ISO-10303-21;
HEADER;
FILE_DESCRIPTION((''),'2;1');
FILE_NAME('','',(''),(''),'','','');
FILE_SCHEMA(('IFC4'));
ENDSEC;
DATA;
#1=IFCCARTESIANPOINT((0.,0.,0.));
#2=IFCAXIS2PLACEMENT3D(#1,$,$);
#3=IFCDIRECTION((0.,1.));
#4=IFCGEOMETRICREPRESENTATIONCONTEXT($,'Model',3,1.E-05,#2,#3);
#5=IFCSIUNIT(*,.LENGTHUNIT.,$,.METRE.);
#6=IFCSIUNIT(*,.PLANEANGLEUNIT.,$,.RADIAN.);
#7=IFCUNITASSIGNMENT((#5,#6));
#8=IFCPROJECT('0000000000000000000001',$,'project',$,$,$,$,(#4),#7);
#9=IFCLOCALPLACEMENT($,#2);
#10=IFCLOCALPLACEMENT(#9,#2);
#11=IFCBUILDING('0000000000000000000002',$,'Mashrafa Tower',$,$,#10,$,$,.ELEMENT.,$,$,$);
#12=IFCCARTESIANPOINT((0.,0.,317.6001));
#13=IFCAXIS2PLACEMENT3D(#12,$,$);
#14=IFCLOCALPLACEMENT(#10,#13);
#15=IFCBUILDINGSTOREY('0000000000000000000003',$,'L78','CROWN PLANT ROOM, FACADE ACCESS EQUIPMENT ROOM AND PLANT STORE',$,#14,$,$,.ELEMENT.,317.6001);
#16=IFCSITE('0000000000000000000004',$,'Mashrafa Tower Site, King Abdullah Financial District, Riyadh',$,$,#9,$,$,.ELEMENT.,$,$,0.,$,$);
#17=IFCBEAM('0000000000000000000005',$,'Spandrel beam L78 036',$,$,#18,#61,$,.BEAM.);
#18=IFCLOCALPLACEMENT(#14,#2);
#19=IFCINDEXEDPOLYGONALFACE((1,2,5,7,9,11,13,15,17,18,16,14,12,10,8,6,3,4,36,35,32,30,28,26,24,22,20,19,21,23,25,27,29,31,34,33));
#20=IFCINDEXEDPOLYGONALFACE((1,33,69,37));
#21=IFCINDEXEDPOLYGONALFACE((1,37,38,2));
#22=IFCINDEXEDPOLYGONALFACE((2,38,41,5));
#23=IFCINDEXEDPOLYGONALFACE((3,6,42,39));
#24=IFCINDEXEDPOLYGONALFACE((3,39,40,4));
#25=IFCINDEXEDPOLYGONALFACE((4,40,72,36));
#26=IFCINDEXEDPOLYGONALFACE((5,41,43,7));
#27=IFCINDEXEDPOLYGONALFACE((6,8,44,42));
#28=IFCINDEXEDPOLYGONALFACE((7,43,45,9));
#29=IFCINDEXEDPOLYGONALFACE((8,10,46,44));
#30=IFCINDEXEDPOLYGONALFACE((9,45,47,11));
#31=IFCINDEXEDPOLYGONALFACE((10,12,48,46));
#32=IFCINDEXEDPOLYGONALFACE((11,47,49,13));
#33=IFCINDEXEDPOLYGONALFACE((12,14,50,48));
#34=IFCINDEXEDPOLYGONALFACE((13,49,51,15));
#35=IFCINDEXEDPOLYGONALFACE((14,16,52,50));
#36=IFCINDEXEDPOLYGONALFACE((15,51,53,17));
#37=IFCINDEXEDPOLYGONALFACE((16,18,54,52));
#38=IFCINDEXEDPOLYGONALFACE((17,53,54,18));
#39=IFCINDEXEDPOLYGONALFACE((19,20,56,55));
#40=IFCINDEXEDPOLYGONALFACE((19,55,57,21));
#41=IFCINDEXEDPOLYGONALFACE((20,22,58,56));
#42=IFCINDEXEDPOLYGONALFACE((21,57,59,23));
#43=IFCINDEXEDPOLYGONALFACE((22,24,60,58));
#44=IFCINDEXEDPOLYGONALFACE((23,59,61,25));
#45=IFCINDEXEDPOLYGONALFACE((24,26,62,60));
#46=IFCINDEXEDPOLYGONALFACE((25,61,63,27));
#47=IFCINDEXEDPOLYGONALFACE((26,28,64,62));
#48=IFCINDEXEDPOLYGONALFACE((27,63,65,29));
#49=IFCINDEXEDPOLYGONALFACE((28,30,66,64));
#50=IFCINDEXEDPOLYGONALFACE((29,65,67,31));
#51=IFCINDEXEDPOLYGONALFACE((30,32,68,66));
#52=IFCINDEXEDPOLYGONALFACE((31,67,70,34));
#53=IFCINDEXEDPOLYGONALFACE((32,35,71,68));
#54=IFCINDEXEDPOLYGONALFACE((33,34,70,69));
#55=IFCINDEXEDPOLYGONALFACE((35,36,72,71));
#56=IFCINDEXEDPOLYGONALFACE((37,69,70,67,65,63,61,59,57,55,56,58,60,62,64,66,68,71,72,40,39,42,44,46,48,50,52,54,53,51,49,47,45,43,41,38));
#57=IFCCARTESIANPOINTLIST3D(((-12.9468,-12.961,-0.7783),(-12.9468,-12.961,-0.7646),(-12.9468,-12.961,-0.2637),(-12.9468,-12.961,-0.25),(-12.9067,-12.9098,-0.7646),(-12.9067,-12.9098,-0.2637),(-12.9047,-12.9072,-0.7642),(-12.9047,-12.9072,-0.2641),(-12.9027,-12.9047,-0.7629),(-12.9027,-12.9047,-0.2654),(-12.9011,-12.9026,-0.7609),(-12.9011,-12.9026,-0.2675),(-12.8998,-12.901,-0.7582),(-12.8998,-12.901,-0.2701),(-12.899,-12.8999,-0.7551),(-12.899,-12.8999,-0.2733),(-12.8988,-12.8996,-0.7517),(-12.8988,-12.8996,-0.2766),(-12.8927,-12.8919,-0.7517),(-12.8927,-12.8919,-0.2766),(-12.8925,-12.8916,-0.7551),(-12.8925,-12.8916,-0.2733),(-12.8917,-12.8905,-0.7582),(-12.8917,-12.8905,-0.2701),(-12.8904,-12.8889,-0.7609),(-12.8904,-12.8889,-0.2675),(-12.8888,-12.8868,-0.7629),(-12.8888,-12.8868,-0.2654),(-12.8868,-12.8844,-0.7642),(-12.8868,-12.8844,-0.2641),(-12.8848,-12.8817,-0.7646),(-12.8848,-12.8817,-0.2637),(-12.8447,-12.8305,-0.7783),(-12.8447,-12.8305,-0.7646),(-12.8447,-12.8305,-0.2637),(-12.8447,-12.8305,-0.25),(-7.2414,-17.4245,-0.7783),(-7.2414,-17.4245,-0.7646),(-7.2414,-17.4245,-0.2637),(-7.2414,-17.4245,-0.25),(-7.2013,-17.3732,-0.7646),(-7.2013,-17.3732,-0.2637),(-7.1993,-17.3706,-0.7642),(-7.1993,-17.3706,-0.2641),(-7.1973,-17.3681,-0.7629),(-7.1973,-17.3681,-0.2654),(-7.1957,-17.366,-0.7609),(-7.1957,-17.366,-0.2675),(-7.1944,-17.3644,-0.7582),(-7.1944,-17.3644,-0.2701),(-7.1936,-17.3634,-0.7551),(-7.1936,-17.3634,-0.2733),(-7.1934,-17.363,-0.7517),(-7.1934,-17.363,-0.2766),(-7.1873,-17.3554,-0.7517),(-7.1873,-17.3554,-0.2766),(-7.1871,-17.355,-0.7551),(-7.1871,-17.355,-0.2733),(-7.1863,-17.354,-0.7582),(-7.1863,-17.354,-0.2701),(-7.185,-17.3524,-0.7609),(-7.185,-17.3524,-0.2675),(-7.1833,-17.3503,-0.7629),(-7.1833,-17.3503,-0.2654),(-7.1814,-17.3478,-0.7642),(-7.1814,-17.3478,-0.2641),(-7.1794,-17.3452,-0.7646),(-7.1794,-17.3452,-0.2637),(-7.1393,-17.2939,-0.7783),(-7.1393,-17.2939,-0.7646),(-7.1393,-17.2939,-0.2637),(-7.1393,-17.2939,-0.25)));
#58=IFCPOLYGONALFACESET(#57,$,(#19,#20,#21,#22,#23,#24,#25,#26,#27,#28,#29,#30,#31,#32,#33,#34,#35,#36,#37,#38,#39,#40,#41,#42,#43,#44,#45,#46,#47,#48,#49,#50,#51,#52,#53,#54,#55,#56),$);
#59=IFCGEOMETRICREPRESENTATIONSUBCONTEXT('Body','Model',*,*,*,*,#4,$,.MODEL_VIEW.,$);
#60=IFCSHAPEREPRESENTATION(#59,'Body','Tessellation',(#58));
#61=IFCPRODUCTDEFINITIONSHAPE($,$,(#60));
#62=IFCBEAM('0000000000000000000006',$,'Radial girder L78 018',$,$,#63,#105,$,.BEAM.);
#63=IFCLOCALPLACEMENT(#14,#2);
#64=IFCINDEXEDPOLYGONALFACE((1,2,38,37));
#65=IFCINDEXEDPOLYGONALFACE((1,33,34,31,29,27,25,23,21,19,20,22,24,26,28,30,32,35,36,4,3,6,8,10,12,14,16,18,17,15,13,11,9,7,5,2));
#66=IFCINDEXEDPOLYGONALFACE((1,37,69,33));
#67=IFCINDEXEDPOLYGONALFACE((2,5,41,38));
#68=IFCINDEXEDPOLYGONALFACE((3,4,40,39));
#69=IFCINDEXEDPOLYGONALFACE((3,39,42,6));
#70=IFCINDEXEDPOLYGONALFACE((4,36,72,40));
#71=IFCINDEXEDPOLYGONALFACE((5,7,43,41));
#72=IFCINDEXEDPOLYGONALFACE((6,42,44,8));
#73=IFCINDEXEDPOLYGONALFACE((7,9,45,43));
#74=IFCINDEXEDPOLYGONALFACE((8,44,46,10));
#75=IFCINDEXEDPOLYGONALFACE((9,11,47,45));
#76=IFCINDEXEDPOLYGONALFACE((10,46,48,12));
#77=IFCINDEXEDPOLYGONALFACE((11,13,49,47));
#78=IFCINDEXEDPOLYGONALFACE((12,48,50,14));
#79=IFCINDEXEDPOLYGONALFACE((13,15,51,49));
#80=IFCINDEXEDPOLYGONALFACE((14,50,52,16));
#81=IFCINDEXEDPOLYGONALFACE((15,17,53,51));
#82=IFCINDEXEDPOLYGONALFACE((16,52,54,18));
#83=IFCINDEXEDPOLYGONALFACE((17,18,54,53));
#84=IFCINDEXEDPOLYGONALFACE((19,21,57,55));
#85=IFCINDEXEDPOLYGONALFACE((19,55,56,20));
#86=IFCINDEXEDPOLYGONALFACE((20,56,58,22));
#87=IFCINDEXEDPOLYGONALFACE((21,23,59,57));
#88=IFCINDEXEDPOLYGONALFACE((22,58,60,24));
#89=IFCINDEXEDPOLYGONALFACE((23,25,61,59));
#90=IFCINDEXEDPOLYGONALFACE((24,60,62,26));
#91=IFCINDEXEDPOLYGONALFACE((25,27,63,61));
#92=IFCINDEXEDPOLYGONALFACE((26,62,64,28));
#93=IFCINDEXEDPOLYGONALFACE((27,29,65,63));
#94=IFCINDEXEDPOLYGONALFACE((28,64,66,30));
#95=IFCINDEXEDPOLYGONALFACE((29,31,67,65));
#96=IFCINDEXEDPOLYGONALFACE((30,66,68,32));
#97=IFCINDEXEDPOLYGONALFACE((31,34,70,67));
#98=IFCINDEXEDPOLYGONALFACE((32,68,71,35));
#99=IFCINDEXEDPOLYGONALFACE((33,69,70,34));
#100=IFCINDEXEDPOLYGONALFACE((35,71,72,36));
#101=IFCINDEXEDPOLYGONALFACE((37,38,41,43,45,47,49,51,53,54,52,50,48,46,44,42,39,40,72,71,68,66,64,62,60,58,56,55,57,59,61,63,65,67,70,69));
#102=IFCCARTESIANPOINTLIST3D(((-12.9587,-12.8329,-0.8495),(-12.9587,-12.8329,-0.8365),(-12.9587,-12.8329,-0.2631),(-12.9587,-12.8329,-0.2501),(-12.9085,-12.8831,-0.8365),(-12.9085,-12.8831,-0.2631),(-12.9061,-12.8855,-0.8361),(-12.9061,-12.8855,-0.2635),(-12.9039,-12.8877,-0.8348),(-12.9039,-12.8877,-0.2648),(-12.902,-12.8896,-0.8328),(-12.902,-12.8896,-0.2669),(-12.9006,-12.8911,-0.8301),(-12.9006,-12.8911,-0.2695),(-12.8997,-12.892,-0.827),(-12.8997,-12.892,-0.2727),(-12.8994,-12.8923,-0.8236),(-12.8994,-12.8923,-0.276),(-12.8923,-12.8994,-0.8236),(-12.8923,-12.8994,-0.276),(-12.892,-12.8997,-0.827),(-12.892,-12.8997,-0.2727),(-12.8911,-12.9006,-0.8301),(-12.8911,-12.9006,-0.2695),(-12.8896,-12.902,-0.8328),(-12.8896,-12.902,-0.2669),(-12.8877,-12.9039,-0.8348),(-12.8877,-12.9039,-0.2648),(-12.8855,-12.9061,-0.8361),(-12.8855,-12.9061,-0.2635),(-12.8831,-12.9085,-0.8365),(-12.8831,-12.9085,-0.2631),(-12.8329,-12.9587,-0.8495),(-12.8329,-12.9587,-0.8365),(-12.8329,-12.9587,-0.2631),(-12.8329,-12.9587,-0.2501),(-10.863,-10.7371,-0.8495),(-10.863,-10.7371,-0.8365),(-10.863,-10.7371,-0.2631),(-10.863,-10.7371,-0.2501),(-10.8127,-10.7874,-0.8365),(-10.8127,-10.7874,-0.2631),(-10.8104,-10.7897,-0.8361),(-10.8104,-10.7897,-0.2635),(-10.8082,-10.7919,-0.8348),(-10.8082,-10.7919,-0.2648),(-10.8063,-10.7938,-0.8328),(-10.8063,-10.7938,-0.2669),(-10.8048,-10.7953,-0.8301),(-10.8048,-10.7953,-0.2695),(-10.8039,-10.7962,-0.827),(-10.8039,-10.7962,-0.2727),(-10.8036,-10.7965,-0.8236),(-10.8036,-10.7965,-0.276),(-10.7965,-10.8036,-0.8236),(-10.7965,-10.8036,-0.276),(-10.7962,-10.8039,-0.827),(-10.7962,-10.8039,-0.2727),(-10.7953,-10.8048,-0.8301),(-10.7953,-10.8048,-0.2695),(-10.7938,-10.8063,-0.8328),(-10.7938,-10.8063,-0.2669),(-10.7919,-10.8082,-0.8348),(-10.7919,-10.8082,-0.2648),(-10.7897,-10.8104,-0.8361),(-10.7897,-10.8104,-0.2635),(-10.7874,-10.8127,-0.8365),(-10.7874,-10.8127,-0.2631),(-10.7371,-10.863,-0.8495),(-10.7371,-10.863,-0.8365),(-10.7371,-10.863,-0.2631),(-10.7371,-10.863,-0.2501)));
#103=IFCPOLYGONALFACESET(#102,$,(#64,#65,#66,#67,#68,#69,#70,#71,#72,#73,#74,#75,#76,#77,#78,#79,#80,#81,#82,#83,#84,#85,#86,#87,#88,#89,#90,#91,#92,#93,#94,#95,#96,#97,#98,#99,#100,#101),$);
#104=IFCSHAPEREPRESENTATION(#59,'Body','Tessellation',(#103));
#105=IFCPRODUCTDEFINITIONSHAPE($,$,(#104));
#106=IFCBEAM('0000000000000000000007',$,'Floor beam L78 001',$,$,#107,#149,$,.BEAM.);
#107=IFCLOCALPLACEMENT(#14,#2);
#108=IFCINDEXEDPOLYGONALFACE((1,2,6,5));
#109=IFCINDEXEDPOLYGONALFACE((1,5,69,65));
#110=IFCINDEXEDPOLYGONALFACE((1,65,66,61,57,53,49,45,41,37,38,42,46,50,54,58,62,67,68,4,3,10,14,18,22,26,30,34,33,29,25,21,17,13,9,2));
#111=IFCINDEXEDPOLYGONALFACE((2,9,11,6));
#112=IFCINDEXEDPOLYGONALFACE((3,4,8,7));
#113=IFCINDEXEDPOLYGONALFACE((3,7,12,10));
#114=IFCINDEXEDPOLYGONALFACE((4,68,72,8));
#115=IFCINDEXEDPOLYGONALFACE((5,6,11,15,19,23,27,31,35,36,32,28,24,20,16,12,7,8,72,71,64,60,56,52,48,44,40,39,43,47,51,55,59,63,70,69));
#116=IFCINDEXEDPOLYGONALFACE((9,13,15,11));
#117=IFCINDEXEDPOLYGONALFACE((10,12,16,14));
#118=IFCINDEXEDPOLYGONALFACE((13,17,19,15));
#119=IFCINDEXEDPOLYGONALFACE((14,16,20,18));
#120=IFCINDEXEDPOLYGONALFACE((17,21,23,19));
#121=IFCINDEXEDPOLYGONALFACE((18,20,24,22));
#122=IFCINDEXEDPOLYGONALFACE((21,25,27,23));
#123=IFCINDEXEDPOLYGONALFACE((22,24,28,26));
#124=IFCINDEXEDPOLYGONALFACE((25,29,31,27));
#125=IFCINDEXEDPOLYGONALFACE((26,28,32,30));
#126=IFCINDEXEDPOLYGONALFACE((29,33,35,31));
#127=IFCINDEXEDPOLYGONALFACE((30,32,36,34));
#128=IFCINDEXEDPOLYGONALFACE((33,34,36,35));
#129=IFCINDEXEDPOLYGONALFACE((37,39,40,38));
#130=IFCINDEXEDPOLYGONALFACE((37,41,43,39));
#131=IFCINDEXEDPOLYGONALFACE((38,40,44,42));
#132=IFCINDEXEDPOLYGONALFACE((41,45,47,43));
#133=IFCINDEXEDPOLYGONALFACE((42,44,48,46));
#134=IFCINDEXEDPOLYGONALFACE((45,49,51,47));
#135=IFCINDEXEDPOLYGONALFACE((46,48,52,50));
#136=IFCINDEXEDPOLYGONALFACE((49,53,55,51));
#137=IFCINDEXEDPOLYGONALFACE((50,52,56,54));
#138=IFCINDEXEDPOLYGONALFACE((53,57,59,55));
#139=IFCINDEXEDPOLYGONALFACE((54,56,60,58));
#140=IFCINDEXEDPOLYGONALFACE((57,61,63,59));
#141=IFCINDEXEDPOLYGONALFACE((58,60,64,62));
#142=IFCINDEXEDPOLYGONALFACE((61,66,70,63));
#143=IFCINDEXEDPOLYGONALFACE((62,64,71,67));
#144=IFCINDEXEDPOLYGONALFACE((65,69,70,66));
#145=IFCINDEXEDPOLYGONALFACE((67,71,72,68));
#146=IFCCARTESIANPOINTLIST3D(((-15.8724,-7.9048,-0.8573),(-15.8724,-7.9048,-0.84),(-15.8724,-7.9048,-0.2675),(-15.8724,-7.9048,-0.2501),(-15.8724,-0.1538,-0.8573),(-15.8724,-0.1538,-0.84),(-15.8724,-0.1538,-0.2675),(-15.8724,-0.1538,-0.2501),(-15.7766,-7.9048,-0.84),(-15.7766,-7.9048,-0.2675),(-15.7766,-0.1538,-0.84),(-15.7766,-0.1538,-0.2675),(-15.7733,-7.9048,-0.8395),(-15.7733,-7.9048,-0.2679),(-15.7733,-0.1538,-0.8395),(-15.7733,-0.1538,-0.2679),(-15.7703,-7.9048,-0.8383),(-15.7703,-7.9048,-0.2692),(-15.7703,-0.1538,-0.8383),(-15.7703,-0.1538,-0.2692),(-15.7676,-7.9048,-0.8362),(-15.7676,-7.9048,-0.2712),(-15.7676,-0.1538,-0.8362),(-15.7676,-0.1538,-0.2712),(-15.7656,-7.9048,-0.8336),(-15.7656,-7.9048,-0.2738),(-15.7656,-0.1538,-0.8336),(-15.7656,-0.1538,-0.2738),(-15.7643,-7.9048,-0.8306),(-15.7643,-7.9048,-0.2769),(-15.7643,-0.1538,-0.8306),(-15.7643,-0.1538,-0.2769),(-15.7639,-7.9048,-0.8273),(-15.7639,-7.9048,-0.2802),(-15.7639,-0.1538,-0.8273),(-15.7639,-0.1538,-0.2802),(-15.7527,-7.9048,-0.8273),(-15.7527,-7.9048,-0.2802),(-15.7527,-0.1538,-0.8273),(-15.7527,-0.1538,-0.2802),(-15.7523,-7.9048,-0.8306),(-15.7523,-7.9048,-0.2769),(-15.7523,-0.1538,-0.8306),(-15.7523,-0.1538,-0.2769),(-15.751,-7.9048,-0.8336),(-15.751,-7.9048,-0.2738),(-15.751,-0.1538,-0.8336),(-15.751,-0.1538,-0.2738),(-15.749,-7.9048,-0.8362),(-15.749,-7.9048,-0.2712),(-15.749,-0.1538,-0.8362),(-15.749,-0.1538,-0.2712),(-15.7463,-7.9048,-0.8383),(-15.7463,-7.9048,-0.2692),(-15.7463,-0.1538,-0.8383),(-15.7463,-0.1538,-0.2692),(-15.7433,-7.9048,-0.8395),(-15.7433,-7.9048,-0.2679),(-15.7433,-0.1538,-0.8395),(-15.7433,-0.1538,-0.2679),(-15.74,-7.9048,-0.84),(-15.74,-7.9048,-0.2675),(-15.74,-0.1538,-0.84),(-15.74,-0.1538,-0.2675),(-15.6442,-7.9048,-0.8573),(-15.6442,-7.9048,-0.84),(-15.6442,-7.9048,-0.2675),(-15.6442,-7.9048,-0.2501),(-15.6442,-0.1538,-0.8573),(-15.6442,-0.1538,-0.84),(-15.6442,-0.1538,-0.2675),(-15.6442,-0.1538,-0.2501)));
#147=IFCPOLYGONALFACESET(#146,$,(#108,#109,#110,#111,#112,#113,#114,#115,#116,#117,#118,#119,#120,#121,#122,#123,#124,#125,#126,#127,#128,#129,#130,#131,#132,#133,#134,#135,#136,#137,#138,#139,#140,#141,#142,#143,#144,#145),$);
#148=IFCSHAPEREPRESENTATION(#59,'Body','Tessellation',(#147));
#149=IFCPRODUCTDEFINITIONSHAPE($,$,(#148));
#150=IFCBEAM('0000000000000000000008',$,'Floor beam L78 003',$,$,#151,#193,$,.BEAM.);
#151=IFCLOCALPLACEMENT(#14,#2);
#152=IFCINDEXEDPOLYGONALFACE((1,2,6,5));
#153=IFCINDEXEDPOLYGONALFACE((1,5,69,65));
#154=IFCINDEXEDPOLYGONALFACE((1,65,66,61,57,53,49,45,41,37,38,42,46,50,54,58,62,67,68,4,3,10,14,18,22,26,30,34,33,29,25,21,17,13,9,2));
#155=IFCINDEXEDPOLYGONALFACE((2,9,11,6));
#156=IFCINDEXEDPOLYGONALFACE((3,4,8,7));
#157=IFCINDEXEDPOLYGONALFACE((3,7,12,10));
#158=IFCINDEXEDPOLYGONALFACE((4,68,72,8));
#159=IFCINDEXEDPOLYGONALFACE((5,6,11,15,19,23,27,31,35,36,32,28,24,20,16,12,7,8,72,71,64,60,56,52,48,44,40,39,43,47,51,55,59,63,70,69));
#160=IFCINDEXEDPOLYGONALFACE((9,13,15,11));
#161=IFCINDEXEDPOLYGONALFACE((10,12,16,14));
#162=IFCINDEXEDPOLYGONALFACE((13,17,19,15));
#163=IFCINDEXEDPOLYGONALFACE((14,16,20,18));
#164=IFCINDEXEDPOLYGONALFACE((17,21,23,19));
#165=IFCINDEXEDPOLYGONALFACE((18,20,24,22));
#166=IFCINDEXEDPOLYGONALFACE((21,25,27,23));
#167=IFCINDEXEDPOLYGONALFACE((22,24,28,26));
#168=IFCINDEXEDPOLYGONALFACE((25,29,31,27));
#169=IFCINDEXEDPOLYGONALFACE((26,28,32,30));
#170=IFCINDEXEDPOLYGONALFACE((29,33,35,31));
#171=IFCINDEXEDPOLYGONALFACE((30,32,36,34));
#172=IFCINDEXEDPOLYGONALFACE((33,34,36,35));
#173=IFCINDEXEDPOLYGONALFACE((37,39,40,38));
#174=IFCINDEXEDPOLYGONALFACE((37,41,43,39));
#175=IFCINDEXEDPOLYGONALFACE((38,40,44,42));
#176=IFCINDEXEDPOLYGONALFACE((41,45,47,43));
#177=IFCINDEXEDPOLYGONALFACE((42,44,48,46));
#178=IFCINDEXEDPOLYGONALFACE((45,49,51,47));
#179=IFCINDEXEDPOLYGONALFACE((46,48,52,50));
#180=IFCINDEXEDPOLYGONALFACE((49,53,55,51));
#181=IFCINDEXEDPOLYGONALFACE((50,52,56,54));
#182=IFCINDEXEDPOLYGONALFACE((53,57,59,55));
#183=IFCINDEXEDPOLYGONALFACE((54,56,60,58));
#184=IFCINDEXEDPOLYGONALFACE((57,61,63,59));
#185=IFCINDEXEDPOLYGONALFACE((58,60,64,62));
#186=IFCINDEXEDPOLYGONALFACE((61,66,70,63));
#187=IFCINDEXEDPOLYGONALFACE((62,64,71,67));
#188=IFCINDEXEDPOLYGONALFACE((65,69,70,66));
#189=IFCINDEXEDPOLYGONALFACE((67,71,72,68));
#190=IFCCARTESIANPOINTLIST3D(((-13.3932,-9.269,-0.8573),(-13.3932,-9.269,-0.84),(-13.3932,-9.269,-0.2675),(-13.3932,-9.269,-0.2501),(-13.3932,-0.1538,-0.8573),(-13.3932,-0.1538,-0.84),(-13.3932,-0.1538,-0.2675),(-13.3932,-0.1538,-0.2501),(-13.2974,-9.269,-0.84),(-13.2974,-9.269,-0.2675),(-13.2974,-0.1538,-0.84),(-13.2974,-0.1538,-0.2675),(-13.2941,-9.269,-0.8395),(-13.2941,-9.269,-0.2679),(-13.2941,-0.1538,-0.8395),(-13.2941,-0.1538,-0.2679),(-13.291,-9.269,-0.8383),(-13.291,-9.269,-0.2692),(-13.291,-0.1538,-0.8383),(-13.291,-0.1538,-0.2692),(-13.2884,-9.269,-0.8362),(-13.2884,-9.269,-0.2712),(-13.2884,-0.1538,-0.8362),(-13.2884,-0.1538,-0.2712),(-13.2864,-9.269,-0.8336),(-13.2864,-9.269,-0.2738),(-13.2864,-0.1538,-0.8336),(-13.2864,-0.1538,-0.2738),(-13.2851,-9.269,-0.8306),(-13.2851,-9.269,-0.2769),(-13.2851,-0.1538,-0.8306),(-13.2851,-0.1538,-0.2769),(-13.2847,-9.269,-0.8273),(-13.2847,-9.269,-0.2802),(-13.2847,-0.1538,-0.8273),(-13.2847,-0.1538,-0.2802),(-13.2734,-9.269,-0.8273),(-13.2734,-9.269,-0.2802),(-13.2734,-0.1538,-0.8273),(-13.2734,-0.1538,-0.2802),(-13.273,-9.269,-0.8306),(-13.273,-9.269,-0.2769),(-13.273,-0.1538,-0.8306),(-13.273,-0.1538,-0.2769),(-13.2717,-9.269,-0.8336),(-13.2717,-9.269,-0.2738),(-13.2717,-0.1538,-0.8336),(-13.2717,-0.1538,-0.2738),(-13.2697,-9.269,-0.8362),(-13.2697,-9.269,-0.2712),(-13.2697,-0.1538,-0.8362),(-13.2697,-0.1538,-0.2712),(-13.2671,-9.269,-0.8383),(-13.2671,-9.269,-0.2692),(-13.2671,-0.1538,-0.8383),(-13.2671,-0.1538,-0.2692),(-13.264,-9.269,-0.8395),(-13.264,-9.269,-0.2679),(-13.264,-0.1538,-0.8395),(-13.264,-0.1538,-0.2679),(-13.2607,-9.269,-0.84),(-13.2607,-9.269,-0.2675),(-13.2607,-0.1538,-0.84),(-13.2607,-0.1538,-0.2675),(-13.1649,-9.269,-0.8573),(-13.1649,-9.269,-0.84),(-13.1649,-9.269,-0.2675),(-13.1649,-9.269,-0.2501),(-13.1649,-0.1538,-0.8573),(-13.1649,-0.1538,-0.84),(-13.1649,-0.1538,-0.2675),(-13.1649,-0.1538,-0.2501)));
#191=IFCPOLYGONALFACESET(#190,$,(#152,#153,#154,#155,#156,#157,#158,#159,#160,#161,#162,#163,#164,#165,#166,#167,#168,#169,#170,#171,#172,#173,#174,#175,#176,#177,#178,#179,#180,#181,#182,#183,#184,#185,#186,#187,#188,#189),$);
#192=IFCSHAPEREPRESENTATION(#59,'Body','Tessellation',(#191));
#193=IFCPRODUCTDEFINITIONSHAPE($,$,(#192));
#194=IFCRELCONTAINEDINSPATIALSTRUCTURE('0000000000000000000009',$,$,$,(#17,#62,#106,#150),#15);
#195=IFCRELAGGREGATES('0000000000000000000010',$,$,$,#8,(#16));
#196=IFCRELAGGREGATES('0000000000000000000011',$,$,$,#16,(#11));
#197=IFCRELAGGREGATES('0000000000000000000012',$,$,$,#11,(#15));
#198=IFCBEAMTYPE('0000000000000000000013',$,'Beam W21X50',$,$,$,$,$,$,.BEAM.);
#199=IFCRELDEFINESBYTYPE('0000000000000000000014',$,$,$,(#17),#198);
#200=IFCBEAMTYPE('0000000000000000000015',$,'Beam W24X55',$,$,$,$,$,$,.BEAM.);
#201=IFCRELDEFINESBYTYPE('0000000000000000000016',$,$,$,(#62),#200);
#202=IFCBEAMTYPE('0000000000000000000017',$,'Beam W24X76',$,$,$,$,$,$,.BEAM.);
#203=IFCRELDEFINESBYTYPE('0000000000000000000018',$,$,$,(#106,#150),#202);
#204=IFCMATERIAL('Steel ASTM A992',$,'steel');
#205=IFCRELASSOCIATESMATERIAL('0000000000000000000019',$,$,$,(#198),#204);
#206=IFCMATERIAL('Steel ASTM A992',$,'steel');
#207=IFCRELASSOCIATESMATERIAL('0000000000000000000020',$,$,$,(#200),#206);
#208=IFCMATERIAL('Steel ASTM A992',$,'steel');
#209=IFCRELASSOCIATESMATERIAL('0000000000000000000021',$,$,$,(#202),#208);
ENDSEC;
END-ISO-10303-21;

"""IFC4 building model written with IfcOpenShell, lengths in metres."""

from ifc_helpers import new_model, si_unit, direction, frame, origin, origin_2d, place, context, subcontext, project, spatial, i_section, extrude, material, material_profile, profile_set, type_object, element, save


model = new_model("IFC4")

# Units and contexts
model_context = context("Model", 3, precision=1e-05, world=origin(), true_north=direction((0.0, 1.0)))
body_context = subcontext(model_context, "Body", "Model", "MODEL_VIEW")
ifc_project = project(units=[si_unit("LENGTHUNIT", "METRE"), si_unit("PLANEANGLEUNIT", "RADIAN")], contexts=[model_context])

# Site, building, storey
site_placement = place(None, origin())
site = spatial("IfcSite", under=ifc_project, at=site_placement, Name="Mashrafa Tower Site, King Abdullah Financial District, Riyadh", CompositionType="ELEMENT", RefElevation=0.0)
building_placement = place(site_placement, origin())
building = spatial("IfcBuilding", under=site, at=building_placement, Name="Mashrafa Tower", CompositionType="ELEMENT")
storey_placement = place(building_placement, frame((0.0, 0.0, 317.6001)))
storey = spatial("IfcBuildingStorey", under=building, at=storey_placement, Name="L78", Description="CROWN PLANT ROOM, FACADE ACCESS EQUIPMENT ROOM AND PLANT STORE", CompositionType="ELEMENT", Elevation=317.6001)

# Beams
ifc_material_1 = material(Name="Steel ASTM A992", Category="steel")
ifc_material_profile_1 = material_profile(ifc_material_1, i_section(OverallWidth=0.1658, OverallDepth=0.5283, WebThickness=0.0098, FlangeThickness=0.0137, FilletRadius=0.0129, at=origin_2d()), Name="W21X50")
ifc_profile_set_1 = profile_set([ifc_material_profile_1], Name="Steel ASTM A992")
beam_type_1 = type_object("IfcBeamType", Name="Beam W21X50", PredefinedType="BEAM", material=ifc_profile_set_1)
for number, where, z_axis, x_axis, name in (
    (1, (-12.8958, -12.8958, -0.5142), (0.787616, -0.616166, 0.0), (0.616166, 0.787616, 0.0), "Spandrel beam L78 036"),
):
    element("IfcBeam", number, at=place(storey_placement, frame(where, z_axis=z_axis, x_axis=x_axis)), inside=storey, type_object=beam_type_1, Name=name, PredefinedType="BEAM", context=body_context, shape_type="SweptSolid", body=[
        extrude(i_section(OverallWidth=0.1658, OverallDepth=0.5283, WebThickness=0.0098, FlangeThickness=0.0137, FilletRadius=0.0129, at=origin_2d()), origin(), (0.0, 0.0, 1.0), 7.2439),
    ])
ifc_material_2 = material(Name="Steel ASTM A992", Category="steel")
ifc_material_profile_2 = material_profile(ifc_material_2, i_section(OverallWidth=0.178, OverallDepth=0.5994, WebThickness=0.01, FlangeThickness=0.0129, FilletRadius=0.0129, at=origin_2d()), Name="W24X55")
ifc_profile_set_2 = profile_set([ifc_material_profile_2], Name="Steel ASTM A992")
beam_type_2 = type_object("IfcBeamType", Name="Beam W24X55", PredefinedType="BEAM", material=ifc_profile_set_2)
beam_1_placement = place(storey_placement, frame((-10.8, -10.8, -0.5498), z_axis=(-0.707107, -0.707107, 0.0), x_axis=(0.707107, -0.707107, 0.0)))
element("IfcBeam", 2, at=beam_1_placement, inside=storey, type_object=beam_type_2, Name="Radial girder L78 018", PredefinedType="BEAM", context=body_context, shape_type="SweptSolid", body=[
    extrude(i_section(OverallWidth=0.178, OverallDepth=0.5994, WebThickness=0.01, FlangeThickness=0.0129, FilletRadius=0.0129, at=origin_2d()), origin(), (0.0, 0.0, 1.0), 2.9639),
])
ifc_material_3 = material(Name="Steel ASTM A992", Category="steel")
ifc_material_profile_3 = material_profile(ifc_material_3, i_section(OverallWidth=0.2283, OverallDepth=0.6072, WebThickness=0.0112, FlangeThickness=0.0173, FilletRadius=0.0127, at=origin_2d()), Name="W24X76")
ifc_profile_set_3 = profile_set([ifc_material_profile_3], Name="Steel ASTM A992")
beam_type_3 = type_object("IfcBeamType", Name="Beam W24X76", PredefinedType="BEAM", material=ifc_profile_set_3)
beam_2_placement = place(storey_placement, frame((-15.7583, -7.9048, -0.5537), z_axis=(0.0, 1.0, 0.0), x_axis=(-1.0, 0.0, 0.0)))
element("IfcBeam", 3, at=beam_2_placement, inside=storey, type_object=beam_type_3, Name="Floor beam L78 001", PredefinedType="BEAM", context=body_context, shape_type="SweptSolid", body=[
    extrude(i_section(OverallWidth=0.2283, OverallDepth=0.6072, WebThickness=0.0112, FlangeThickness=0.0173, FilletRadius=0.0127, at=origin_2d()), origin(), (0.0, 0.0, 1.0), 7.751),
])
beam_3_placement = place(storey_placement, frame((-13.2791, -9.269, -0.5537), z_axis=(0.0, 1.0, 0.0), x_axis=(-1.0, 0.0, 0.0)))
element("IfcBeam", 4, at=beam_3_placement, inside=storey, type_object=beam_type_3, Name="Floor beam L78 003", PredefinedType="BEAM", context=body_context, shape_type="SweptSolid", body=[
    extrude(i_section(OverallWidth=0.2283, OverallDepth=0.6072, WebThickness=0.0112, FlangeThickness=0.0173, FilletRadius=0.0127, at=origin_2d()), origin(), (0.0, 0.0, 1.0), 9.1152),
])

save(model, "model.ifc")
